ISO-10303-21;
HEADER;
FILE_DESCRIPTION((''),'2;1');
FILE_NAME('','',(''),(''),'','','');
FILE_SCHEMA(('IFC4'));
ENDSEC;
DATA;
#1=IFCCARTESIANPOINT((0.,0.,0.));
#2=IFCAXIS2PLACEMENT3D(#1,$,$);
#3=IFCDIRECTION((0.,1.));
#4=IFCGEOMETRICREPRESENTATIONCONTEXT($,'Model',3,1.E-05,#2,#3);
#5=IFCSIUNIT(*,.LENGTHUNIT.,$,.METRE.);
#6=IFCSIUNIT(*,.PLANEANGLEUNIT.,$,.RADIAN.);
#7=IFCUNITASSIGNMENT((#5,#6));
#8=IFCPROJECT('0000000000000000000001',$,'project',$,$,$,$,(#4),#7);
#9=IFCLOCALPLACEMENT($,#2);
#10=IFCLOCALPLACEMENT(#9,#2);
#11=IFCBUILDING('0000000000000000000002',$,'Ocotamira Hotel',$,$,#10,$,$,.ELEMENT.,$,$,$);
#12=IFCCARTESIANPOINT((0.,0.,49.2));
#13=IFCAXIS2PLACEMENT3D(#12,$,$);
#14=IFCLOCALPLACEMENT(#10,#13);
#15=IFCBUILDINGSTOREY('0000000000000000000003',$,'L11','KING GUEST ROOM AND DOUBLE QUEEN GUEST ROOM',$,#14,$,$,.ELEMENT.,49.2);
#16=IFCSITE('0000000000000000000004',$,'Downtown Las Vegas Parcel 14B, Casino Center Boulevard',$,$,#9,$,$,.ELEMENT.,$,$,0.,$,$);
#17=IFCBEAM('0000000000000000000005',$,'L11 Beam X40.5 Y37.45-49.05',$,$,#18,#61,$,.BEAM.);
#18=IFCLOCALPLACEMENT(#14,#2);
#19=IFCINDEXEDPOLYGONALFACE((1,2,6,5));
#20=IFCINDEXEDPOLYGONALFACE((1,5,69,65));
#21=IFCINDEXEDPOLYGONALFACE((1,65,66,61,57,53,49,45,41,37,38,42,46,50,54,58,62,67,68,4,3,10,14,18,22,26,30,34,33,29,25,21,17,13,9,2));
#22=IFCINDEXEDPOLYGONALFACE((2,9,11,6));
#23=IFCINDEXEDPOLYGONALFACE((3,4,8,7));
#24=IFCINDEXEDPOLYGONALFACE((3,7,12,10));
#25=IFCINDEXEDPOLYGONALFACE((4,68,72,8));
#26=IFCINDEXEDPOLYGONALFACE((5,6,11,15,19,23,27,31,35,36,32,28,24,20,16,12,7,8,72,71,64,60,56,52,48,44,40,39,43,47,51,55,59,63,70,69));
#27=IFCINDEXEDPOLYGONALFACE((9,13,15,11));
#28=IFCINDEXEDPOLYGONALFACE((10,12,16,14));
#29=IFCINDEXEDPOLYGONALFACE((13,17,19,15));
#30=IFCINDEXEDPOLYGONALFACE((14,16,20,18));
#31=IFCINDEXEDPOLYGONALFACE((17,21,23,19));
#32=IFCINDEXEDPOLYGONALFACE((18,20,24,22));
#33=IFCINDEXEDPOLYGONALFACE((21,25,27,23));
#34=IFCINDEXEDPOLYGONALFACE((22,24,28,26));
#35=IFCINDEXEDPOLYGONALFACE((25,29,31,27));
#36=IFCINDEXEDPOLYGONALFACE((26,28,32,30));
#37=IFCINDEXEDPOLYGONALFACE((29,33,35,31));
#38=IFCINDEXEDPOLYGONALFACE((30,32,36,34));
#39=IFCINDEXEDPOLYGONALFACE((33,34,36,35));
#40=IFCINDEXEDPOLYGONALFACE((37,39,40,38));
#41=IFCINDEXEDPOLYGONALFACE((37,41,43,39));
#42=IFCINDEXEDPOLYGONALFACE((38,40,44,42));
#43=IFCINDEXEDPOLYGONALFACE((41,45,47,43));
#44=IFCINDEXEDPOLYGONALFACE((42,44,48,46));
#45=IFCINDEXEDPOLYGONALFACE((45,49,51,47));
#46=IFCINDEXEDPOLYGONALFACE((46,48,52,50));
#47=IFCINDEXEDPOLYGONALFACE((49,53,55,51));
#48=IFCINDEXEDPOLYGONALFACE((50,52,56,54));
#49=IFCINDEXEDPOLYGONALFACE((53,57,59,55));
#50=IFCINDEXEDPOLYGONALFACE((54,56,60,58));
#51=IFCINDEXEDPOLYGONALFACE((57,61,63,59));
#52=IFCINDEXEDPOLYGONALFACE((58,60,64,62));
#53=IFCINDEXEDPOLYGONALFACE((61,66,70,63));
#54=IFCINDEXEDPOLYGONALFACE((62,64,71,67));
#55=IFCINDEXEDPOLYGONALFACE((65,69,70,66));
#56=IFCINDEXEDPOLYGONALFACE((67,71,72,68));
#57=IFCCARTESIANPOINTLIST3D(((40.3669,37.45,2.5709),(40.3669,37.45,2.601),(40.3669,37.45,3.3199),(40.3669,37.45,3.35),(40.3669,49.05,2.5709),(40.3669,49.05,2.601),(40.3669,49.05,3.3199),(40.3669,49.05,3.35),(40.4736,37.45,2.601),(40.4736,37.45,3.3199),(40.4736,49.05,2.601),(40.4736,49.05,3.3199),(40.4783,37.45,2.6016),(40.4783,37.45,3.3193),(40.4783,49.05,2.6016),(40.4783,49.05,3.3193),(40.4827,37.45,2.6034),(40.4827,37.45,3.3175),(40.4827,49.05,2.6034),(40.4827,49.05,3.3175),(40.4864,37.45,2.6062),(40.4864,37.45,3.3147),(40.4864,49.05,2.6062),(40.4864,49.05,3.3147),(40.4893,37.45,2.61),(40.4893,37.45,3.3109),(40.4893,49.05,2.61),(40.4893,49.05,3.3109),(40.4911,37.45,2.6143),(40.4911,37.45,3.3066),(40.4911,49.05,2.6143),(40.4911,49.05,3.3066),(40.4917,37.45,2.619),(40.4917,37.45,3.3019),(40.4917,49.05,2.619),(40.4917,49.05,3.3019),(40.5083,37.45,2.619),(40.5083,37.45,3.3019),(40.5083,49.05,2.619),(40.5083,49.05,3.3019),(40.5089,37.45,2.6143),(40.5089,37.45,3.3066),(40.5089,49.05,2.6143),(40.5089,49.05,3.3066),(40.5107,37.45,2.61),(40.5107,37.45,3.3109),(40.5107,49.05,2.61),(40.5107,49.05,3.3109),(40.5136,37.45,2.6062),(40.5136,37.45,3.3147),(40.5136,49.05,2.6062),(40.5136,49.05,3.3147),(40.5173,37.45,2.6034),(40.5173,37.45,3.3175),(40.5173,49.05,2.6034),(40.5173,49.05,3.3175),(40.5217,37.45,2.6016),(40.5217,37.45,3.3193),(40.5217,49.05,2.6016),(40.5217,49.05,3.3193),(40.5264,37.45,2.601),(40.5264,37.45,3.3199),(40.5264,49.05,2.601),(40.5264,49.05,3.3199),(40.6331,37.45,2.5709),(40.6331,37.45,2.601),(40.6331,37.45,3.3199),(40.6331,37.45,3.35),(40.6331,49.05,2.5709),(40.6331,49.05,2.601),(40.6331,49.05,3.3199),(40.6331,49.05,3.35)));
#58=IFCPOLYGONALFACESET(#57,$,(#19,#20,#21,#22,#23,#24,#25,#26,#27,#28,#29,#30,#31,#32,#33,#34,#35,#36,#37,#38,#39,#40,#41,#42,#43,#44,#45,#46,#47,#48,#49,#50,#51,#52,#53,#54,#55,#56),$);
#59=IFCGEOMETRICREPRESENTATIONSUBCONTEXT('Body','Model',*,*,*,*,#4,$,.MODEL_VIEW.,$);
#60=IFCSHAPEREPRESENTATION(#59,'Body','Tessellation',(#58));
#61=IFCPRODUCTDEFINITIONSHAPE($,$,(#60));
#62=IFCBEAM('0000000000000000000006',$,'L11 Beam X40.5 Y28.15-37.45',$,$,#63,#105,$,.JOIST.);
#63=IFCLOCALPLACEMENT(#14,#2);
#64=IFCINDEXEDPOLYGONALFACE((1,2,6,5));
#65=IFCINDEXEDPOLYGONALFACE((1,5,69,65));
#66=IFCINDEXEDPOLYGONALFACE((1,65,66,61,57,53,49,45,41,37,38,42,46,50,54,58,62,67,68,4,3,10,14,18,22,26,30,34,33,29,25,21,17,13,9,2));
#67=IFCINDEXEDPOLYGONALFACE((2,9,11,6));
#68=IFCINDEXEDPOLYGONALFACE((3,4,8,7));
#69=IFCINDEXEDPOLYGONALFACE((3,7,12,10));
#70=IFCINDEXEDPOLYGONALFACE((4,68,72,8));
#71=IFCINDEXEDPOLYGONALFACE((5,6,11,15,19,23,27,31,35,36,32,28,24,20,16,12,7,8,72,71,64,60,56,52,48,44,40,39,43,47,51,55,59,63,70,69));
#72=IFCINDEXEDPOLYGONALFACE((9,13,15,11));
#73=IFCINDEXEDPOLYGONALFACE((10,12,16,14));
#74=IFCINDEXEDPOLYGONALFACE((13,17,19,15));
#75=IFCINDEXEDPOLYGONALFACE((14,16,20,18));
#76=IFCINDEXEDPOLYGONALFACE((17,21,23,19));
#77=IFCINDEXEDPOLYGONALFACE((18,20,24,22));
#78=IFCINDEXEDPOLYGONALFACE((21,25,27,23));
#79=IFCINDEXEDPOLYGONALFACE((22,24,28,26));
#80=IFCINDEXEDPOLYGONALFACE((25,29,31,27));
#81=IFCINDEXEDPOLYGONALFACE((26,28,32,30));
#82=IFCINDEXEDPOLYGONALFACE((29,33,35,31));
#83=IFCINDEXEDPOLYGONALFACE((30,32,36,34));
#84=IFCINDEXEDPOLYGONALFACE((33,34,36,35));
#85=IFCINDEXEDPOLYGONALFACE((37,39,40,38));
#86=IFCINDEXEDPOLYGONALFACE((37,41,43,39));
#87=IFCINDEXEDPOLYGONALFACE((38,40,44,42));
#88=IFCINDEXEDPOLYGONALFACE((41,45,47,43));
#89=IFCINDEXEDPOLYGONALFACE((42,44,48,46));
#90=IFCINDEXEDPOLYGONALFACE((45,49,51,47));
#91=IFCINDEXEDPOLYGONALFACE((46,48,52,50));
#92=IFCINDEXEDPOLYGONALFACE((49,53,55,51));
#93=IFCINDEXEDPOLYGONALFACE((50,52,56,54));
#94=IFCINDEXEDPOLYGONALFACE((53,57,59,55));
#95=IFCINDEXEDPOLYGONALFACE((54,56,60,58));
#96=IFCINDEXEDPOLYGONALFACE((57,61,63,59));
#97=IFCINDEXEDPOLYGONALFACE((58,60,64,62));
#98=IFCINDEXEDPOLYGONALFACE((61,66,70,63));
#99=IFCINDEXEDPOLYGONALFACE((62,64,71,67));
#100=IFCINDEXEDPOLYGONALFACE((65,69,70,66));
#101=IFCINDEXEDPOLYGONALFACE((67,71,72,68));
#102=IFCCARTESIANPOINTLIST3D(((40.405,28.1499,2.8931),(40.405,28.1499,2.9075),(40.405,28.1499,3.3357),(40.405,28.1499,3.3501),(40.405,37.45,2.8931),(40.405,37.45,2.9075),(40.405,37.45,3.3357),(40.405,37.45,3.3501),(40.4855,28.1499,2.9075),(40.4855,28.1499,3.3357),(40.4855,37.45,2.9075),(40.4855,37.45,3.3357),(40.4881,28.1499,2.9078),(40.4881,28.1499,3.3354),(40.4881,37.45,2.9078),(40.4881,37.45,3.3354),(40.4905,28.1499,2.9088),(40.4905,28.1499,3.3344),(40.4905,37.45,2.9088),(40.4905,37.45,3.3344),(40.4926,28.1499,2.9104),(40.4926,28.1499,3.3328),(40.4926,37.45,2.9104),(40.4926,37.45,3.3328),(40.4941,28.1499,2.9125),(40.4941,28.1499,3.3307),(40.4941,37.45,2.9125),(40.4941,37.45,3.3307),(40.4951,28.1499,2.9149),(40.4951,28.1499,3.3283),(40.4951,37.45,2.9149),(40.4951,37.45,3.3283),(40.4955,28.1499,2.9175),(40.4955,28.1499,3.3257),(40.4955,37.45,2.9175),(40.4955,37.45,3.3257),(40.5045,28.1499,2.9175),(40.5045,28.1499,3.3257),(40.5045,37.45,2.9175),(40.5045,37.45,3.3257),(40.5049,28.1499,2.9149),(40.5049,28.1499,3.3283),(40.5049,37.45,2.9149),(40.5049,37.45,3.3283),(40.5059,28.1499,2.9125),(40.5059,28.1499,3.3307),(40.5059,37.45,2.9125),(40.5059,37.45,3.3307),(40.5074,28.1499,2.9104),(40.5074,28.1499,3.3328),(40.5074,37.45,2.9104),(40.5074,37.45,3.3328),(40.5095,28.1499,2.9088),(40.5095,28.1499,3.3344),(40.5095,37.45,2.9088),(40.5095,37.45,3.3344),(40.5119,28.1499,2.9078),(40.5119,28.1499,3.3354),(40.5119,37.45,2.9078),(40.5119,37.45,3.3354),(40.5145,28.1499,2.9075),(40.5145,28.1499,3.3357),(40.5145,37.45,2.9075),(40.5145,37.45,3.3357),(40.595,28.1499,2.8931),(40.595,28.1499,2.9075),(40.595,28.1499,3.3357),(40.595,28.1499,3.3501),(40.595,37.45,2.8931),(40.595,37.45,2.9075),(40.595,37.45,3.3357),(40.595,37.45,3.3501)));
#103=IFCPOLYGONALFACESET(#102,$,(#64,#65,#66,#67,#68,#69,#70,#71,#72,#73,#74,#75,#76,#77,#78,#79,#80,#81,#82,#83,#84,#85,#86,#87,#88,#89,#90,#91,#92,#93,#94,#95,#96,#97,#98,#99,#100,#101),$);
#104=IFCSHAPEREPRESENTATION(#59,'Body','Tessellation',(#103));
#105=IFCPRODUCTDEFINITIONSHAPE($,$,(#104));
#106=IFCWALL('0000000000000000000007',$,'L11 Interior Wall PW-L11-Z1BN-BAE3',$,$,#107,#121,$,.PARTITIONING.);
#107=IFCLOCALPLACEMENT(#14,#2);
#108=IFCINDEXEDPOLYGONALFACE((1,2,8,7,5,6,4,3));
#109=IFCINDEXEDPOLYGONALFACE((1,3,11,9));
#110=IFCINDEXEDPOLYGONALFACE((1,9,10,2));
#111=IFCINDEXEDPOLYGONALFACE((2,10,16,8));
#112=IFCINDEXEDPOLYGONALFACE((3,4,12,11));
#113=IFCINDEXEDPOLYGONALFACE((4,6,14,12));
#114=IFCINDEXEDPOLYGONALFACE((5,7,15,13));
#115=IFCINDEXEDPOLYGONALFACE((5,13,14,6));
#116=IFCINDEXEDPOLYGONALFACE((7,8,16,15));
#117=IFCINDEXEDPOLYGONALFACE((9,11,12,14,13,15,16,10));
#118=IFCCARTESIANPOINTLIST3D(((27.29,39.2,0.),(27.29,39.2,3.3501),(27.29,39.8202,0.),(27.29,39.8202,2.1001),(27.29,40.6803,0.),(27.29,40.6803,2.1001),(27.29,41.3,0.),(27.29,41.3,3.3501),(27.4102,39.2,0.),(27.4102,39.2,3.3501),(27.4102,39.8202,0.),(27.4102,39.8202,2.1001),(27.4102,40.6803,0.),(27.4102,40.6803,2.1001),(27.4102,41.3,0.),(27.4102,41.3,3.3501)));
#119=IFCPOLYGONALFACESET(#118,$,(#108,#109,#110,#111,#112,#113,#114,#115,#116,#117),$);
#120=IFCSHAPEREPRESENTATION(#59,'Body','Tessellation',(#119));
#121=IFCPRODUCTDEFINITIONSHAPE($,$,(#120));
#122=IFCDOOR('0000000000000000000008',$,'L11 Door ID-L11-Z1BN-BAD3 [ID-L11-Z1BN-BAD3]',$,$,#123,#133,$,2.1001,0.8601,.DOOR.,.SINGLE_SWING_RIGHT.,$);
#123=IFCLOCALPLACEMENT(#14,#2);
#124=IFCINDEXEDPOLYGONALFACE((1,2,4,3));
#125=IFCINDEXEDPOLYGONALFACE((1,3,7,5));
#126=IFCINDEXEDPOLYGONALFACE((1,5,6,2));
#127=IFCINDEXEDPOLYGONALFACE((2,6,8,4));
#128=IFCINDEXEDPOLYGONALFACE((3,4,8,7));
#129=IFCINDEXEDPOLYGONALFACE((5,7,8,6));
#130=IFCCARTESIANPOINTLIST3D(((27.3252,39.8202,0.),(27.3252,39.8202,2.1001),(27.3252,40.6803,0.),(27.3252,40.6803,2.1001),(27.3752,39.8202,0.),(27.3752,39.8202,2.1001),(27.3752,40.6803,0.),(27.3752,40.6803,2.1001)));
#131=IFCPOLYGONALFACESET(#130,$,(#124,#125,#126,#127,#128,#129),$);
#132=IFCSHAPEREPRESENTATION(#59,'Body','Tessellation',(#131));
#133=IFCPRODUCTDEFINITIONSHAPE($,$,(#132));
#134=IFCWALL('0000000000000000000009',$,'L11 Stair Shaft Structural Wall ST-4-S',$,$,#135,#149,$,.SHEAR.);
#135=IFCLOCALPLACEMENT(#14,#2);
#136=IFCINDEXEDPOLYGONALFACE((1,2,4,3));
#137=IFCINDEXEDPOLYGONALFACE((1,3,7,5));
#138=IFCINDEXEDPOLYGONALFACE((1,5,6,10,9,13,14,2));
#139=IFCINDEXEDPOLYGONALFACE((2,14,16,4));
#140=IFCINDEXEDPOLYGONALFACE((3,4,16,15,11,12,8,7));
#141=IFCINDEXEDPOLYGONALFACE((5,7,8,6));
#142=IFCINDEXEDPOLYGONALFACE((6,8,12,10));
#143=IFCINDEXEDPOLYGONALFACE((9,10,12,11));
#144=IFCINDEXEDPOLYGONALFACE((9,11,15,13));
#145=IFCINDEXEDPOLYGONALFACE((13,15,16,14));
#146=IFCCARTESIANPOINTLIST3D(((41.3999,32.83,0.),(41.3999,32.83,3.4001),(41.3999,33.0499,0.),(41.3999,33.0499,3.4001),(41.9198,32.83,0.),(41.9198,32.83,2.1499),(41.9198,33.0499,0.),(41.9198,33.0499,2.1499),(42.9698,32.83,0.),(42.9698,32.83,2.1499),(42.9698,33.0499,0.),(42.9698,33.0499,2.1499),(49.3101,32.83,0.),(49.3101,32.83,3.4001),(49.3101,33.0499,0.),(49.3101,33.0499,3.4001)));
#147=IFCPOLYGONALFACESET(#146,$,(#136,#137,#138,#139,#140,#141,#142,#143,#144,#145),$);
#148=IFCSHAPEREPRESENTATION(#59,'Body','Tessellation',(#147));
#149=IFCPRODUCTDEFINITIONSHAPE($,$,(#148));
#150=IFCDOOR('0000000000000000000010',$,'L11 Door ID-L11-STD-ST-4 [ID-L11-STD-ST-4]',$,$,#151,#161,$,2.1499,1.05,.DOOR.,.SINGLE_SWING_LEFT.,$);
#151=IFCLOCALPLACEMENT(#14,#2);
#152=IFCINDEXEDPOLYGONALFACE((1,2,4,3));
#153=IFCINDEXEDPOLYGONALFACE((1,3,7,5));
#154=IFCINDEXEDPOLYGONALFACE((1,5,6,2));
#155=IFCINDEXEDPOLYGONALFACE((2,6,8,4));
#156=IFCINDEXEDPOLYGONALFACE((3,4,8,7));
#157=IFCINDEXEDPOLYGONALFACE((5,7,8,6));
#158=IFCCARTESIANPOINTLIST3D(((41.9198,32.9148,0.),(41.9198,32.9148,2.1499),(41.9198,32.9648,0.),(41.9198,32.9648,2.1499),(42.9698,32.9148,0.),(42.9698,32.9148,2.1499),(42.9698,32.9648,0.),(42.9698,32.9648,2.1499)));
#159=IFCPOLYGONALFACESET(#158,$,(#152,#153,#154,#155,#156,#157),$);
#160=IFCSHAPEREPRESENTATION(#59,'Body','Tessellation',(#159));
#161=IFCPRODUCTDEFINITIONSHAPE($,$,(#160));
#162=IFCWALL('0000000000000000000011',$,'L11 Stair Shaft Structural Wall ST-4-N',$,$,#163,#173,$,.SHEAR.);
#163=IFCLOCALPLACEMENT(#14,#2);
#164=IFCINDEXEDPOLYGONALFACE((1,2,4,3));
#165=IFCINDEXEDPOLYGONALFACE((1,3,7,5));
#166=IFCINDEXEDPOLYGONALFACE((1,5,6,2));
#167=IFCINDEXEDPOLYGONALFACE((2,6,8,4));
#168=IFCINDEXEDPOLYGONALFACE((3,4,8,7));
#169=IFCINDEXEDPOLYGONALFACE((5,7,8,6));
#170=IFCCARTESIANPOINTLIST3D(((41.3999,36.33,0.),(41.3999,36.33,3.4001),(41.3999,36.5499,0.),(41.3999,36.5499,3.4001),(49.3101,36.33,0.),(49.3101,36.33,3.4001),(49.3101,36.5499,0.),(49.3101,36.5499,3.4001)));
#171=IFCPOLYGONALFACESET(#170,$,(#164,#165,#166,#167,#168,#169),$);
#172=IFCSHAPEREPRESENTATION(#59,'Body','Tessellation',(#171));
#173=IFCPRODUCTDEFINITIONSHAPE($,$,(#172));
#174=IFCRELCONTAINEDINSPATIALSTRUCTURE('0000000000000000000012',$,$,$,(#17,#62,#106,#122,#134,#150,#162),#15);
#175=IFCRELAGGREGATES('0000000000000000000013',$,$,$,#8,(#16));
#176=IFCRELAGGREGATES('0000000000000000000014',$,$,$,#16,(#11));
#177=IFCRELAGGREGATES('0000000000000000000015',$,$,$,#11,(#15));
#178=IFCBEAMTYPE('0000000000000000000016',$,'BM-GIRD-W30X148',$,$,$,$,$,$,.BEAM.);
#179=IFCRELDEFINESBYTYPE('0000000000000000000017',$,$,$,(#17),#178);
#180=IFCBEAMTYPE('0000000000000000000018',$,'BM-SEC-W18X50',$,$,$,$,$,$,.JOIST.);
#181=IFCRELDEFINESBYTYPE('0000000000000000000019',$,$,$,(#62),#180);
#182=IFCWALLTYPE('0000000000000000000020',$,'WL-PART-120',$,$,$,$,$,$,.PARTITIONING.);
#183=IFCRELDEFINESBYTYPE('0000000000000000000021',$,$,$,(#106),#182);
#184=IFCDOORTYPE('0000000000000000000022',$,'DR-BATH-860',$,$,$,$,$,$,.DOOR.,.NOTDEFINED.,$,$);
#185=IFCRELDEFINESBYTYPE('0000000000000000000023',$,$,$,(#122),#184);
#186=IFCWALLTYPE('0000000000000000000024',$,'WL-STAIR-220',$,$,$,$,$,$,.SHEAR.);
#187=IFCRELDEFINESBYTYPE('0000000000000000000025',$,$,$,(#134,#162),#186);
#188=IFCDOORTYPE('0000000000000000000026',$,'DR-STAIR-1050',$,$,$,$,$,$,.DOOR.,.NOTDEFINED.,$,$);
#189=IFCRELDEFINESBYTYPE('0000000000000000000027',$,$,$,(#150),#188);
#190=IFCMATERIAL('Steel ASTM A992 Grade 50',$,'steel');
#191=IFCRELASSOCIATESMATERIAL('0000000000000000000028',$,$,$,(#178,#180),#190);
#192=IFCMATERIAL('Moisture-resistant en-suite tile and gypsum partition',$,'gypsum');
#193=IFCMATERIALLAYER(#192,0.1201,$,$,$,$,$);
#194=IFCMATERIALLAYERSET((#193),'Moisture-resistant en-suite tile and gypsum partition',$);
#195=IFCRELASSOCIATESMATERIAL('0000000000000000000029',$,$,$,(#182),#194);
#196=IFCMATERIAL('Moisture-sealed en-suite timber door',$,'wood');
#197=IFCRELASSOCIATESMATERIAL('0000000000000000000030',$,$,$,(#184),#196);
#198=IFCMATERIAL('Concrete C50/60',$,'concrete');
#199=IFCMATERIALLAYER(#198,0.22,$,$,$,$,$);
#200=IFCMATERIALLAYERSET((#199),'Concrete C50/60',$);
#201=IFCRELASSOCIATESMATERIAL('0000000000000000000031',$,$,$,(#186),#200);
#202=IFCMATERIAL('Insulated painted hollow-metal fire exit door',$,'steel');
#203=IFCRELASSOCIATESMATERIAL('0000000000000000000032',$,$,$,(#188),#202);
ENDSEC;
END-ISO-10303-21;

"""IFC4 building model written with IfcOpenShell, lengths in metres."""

from ifc_helpers import new_model, si_unit, direction, frame, frame_2d, origin, origin_2d, place, context, subcontext, project, spatial, rectangle, i_section, extrude, source, transform, mapped, material, layer, layer_set, material_profile, profile_set, type_object, element, fill, save


model = new_model("IFC4")

# Units and contexts
model_context = context("Model", 3, precision=1e-05, world=origin(), true_north=direction((0.0, 1.0)))
body_context = subcontext(model_context, "Body", "Model", "MODEL_VIEW")
ifc_project = project(units=[si_unit("LENGTHUNIT", "METRE"), si_unit("PLANEANGLEUNIT", "RADIAN")], contexts=[model_context])

# Site, building, storey
site_placement = place(None, origin())
site = spatial("IfcSite", under=ifc_project, at=site_placement, Name="Downtown Las Vegas Parcel 14B, Casino Center Boulevard", CompositionType="ELEMENT", RefElevation=0.0)
building_placement = place(site_placement, origin())
building = spatial("IfcBuilding", under=site, at=building_placement, Name="Ocotamira Hotel", CompositionType="ELEMENT")
storey_placement = place(building_placement, frame((0.0, 0.0, 49.2)))
storey = spatial("IfcBuildingStorey", under=building, at=storey_placement, Name="L11", Description="KING GUEST ROOM AND DOUBLE QUEEN GUEST ROOM", CompositionType="ELEMENT", Elevation=49.2)

# Beams
ifc_material_1 = material(Name="Steel ASTM A992 Grade 50", Category="steel")
ifc_material_profile_1 = material_profile(ifc_material_1, i_section(OverallWidth=0.2661, OverallDepth=0.7791, WebThickness=0.0166, FlangeThickness=0.03, FilletRadius=0.0181, at=origin_2d()), Name="W30X148")
ifc_profile_set_1 = profile_set([ifc_material_profile_1], Name="Steel ASTM A992 Grade 50")
beam_type_1 = type_object("IfcBeamType", Name="BM-GIRD-W30X148", PredefinedType="BEAM", material=ifc_profile_set_1)
shared_shape_1 = source(origin(), body_context, "Body", "SweptSolid", [
    extrude(i_section(OverallWidth=0.2661, OverallDepth=0.7791, WebThickness=0.0166, FlangeThickness=0.03, FilletRadius=0.0181, at=origin_2d()), origin(), (0.0, 0.0, 1.0), 11.6001),
])
beam_1_placement = place(storey_placement, frame((40.5, 37.45, 2.9604), z_axis=(0.0, 1.0, 0.0), x_axis=(-1.0, 0.0, 0.0)))
element("IfcBeam", 1, at=beam_1_placement, inside=storey, type_object=beam_type_1, Name="L11 Beam X40.5 Y37.45-49.05", PredefinedType="BEAM", context=body_context, shape_type="MappedRepresentation", body=[
    mapped(shared_shape_1, transform((0.0, 0.0, 0.0), scale=1.0)),
])
ifc_material_profile_2 = material_profile(ifc_material_1, i_section(OverallWidth=0.1899, OverallDepth=0.457, WebThickness=0.009, FlangeThickness=0.0144, FilletRadius=0.01, at=origin_2d()), Name="W18X50")
ifc_profile_set_2 = profile_set([ifc_material_profile_2], Name="Steel ASTM A992 Grade 50")
beam_type_2 = type_object("IfcBeamType", Name="BM-SEC-W18X50", PredefinedType="JOIST", material=ifc_profile_set_2)
shared_shape_2 = source(origin(), body_context, "Body", "SweptSolid", [
    extrude(i_section(OverallWidth=0.1899, OverallDepth=0.457, WebThickness=0.009, FlangeThickness=0.0144, FilletRadius=0.01, at=origin_2d()), origin(), (0.0, 0.0, 1.0), 9.3),
])
beam_2_placement = place(storey_placement, frame((40.5, 28.1499, 3.1216), z_axis=(0.0, 1.0, 0.0), x_axis=(-1.0, 0.0, 0.0)))
element("IfcBeam", 2, at=beam_2_placement, inside=storey, type_object=beam_type_2, Name="L11 Beam X40.5 Y28.15-37.45", PredefinedType="JOIST", context=body_context, shape_type="MappedRepresentation", body=[
    mapped(shared_shape_2, transform((0.0, 0.0, 0.0), scale=1.0)),
])

# Walls, openings, doors
ifc_material_2 = material(Name="Moisture-resistant en-suite tile and gypsum partition", Category="gypsum")
ifc_layer_1 = layer(ifc_material_2, 0.1201)
ifc_layer_set_1 = layer_set([ifc_layer_1], Name="Moisture-resistant en-suite tile and gypsum partition")
wall_type_1 = type_object("IfcWallType", Name="WL-PART-120", PredefinedType="PARTITIONING", material=ifc_layer_set_1)
wall_1_placement = place(storey_placement, frame((27.3501, 39.2, 0.0), z_axis=(0.0, 0.0, 1.0), x_axis=(0.0, 1.0, 0.0)))
wall_1 = element("IfcWall", 3, at=wall_1_placement, inside=storey, type_object=wall_type_1, Name="L11 Interior Wall PW-L11-Z1BN-BAE3", PredefinedType="PARTITIONING", context=body_context, shape_type="SweptSolid", body=[
    extrude(rectangle(XDim=2.1001, YDim=0.1201, at=frame_2d((1.05, 0.0))), origin(), (0.0, 0.0, 1.0), 3.3501),
])
opening_1_placement = place(wall_1_placement, frame((0.6201, 0.0, 0.0)))
opening_1 = element("IfcOpeningElement", 4, at=opening_1_placement, cuts=wall_1, PredefinedType="OPENING", context=body_context, shape_type="SweptSolid", body=[
    extrude(rectangle(XDim=0.8601, YDim=2.1001, at=frame_2d((0.4302, 1.05))), frame((0.0, 0.0701, 0.0), z_axis=(0.0, -1.0, 0.0), x_axis=(1.0, 0.0, 0.0)), (0.0, 0.0, 1.0), 0.1401),
])
ifc_material_3 = material(Name="Moisture-sealed en-suite timber door", Category="wood")
door_type_1 = type_object("IfcDoorType", Name="DR-BATH-860", OperationType="NOTDEFINED", PredefinedType="DOOR", material=ifc_material_3)
shared_shape_3 = source(origin(), body_context, "Body", "SweptSolid", [
    extrude(rectangle(XDim=0.8601, YDim=2.1001, at=frame_2d((0.4302, 1.05))), frame((0.0, 0.0249, 0.0), z_axis=(0.0, -1.0, 0.0), x_axis=(1.0, 0.0, 0.0)), (0.0, 0.0, 1.0), 0.05),
])
door_1_placement = place(opening_1_placement, origin())
door_1 = element("IfcDoor", 5, at=door_1_placement, inside=storey, type_object=door_type_1, Name="L11 Door ID-L11-Z1BN-BAD3 [ID-L11-Z1BN-BAD3]", OperationType="SINGLE_SWING_RIGHT", OverallHeight=2.1001, OverallWidth=0.8601, PredefinedType="DOOR", context=body_context, shape_type="MappedRepresentation", body=[
    mapped(shared_shape_3, transform((0.0, 0.0, 0.0), scale=1.0)),
])
fill(opening_1, door_1)
ifc_material_4 = material(Name="Concrete C50/60", Category="concrete")
ifc_layer_2 = layer(ifc_material_4, 0.22)
ifc_layer_set_2 = layer_set([ifc_layer_2], Name="Concrete C50/60")
wall_type_2 = type_object("IfcWallType", Name="WL-STAIR-220", PredefinedType="SHEAR", material=ifc_layer_set_2)
wall_2_placement = place(storey_placement, frame((41.3999, 32.9399, 0.0), z_axis=(0.0, 0.0, 1.0), x_axis=(1.0, 0.0, 0.0)))
wall_2 = element("IfcWall", 6, at=wall_2_placement, inside=storey, type_object=wall_type_2, Name="L11 Stair Shaft Structural Wall ST-4-S", PredefinedType="SHEAR", context=body_context, shape_type="SweptSolid", body=[
    extrude(rectangle(XDim=7.9102, YDim=0.22, at=frame_2d((3.9551, 0.0))), origin(), (0.0, 0.0, 1.0), 3.4001),
])
opening_2_placement = place(wall_2_placement, frame((0.52, 0.0, 0.0)))
opening_2 = element("IfcOpeningElement", 7, at=opening_2_placement, cuts=wall_2, PredefinedType="OPENING", context=body_context, shape_type="SweptSolid", body=[
    extrude(rectangle(XDim=1.05, YDim=2.1499, at=frame_2d((0.5249, 1.075))), frame((0.0, 0.1201, 0.0), z_axis=(0.0, -1.0, 0.0), x_axis=(1.0, 0.0, 0.0)), (0.0, 0.0, 1.0), 0.24),
])
ifc_material_5 = material(Name="Insulated painted hollow-metal fire exit door", Category="steel")
door_type_2 = type_object("IfcDoorType", Name="DR-STAIR-1050", OperationType="NOTDEFINED", PredefinedType="DOOR", material=ifc_material_5)
shared_shape_4 = source(origin(), body_context, "Body", "SweptSolid", [
    extrude(rectangle(XDim=1.05, YDim=2.1499, at=frame_2d((0.5249, 1.075))), frame((0.0, 0.0249, 0.0), z_axis=(0.0, -1.0, 0.0), x_axis=(1.0, 0.0, 0.0)), (0.0, 0.0, 1.0), 0.05),
])
door_2_placement = place(opening_2_placement, origin())
door_2 = element("IfcDoor", 8, at=door_2_placement, inside=storey, type_object=door_type_2, Name="L11 Door ID-L11-STD-ST-4 [ID-L11-STD-ST-4]", OperationType="SINGLE_SWING_LEFT", OverallHeight=2.1499, OverallWidth=1.05, PredefinedType="DOOR", context=body_context, shape_type="MappedRepresentation", body=[
    mapped(shared_shape_4, transform((0.0, 0.0, 0.0), scale=1.0)),
])
fill(opening_2, door_2)

# Wall
wall_3_placement = place(storey_placement, frame((41.3999, 36.4399, 0.0), z_axis=(0.0, 0.0, 1.0), x_axis=(1.0, 0.0, 0.0)))
element("IfcWall", 9, at=wall_3_placement, inside=storey, type_object=wall_type_2, Name="L11 Stair Shaft Structural Wall ST-4-N", PredefinedType="SHEAR", context=body_context, shape_type="SweptSolid", body=[
    extrude(rectangle(XDim=7.9102, YDim=0.22, at=frame_2d((3.9551, 0.0))), origin(), (0.0, 0.0, 1.0), 3.4001),
])

save(model, "model.ifc")
